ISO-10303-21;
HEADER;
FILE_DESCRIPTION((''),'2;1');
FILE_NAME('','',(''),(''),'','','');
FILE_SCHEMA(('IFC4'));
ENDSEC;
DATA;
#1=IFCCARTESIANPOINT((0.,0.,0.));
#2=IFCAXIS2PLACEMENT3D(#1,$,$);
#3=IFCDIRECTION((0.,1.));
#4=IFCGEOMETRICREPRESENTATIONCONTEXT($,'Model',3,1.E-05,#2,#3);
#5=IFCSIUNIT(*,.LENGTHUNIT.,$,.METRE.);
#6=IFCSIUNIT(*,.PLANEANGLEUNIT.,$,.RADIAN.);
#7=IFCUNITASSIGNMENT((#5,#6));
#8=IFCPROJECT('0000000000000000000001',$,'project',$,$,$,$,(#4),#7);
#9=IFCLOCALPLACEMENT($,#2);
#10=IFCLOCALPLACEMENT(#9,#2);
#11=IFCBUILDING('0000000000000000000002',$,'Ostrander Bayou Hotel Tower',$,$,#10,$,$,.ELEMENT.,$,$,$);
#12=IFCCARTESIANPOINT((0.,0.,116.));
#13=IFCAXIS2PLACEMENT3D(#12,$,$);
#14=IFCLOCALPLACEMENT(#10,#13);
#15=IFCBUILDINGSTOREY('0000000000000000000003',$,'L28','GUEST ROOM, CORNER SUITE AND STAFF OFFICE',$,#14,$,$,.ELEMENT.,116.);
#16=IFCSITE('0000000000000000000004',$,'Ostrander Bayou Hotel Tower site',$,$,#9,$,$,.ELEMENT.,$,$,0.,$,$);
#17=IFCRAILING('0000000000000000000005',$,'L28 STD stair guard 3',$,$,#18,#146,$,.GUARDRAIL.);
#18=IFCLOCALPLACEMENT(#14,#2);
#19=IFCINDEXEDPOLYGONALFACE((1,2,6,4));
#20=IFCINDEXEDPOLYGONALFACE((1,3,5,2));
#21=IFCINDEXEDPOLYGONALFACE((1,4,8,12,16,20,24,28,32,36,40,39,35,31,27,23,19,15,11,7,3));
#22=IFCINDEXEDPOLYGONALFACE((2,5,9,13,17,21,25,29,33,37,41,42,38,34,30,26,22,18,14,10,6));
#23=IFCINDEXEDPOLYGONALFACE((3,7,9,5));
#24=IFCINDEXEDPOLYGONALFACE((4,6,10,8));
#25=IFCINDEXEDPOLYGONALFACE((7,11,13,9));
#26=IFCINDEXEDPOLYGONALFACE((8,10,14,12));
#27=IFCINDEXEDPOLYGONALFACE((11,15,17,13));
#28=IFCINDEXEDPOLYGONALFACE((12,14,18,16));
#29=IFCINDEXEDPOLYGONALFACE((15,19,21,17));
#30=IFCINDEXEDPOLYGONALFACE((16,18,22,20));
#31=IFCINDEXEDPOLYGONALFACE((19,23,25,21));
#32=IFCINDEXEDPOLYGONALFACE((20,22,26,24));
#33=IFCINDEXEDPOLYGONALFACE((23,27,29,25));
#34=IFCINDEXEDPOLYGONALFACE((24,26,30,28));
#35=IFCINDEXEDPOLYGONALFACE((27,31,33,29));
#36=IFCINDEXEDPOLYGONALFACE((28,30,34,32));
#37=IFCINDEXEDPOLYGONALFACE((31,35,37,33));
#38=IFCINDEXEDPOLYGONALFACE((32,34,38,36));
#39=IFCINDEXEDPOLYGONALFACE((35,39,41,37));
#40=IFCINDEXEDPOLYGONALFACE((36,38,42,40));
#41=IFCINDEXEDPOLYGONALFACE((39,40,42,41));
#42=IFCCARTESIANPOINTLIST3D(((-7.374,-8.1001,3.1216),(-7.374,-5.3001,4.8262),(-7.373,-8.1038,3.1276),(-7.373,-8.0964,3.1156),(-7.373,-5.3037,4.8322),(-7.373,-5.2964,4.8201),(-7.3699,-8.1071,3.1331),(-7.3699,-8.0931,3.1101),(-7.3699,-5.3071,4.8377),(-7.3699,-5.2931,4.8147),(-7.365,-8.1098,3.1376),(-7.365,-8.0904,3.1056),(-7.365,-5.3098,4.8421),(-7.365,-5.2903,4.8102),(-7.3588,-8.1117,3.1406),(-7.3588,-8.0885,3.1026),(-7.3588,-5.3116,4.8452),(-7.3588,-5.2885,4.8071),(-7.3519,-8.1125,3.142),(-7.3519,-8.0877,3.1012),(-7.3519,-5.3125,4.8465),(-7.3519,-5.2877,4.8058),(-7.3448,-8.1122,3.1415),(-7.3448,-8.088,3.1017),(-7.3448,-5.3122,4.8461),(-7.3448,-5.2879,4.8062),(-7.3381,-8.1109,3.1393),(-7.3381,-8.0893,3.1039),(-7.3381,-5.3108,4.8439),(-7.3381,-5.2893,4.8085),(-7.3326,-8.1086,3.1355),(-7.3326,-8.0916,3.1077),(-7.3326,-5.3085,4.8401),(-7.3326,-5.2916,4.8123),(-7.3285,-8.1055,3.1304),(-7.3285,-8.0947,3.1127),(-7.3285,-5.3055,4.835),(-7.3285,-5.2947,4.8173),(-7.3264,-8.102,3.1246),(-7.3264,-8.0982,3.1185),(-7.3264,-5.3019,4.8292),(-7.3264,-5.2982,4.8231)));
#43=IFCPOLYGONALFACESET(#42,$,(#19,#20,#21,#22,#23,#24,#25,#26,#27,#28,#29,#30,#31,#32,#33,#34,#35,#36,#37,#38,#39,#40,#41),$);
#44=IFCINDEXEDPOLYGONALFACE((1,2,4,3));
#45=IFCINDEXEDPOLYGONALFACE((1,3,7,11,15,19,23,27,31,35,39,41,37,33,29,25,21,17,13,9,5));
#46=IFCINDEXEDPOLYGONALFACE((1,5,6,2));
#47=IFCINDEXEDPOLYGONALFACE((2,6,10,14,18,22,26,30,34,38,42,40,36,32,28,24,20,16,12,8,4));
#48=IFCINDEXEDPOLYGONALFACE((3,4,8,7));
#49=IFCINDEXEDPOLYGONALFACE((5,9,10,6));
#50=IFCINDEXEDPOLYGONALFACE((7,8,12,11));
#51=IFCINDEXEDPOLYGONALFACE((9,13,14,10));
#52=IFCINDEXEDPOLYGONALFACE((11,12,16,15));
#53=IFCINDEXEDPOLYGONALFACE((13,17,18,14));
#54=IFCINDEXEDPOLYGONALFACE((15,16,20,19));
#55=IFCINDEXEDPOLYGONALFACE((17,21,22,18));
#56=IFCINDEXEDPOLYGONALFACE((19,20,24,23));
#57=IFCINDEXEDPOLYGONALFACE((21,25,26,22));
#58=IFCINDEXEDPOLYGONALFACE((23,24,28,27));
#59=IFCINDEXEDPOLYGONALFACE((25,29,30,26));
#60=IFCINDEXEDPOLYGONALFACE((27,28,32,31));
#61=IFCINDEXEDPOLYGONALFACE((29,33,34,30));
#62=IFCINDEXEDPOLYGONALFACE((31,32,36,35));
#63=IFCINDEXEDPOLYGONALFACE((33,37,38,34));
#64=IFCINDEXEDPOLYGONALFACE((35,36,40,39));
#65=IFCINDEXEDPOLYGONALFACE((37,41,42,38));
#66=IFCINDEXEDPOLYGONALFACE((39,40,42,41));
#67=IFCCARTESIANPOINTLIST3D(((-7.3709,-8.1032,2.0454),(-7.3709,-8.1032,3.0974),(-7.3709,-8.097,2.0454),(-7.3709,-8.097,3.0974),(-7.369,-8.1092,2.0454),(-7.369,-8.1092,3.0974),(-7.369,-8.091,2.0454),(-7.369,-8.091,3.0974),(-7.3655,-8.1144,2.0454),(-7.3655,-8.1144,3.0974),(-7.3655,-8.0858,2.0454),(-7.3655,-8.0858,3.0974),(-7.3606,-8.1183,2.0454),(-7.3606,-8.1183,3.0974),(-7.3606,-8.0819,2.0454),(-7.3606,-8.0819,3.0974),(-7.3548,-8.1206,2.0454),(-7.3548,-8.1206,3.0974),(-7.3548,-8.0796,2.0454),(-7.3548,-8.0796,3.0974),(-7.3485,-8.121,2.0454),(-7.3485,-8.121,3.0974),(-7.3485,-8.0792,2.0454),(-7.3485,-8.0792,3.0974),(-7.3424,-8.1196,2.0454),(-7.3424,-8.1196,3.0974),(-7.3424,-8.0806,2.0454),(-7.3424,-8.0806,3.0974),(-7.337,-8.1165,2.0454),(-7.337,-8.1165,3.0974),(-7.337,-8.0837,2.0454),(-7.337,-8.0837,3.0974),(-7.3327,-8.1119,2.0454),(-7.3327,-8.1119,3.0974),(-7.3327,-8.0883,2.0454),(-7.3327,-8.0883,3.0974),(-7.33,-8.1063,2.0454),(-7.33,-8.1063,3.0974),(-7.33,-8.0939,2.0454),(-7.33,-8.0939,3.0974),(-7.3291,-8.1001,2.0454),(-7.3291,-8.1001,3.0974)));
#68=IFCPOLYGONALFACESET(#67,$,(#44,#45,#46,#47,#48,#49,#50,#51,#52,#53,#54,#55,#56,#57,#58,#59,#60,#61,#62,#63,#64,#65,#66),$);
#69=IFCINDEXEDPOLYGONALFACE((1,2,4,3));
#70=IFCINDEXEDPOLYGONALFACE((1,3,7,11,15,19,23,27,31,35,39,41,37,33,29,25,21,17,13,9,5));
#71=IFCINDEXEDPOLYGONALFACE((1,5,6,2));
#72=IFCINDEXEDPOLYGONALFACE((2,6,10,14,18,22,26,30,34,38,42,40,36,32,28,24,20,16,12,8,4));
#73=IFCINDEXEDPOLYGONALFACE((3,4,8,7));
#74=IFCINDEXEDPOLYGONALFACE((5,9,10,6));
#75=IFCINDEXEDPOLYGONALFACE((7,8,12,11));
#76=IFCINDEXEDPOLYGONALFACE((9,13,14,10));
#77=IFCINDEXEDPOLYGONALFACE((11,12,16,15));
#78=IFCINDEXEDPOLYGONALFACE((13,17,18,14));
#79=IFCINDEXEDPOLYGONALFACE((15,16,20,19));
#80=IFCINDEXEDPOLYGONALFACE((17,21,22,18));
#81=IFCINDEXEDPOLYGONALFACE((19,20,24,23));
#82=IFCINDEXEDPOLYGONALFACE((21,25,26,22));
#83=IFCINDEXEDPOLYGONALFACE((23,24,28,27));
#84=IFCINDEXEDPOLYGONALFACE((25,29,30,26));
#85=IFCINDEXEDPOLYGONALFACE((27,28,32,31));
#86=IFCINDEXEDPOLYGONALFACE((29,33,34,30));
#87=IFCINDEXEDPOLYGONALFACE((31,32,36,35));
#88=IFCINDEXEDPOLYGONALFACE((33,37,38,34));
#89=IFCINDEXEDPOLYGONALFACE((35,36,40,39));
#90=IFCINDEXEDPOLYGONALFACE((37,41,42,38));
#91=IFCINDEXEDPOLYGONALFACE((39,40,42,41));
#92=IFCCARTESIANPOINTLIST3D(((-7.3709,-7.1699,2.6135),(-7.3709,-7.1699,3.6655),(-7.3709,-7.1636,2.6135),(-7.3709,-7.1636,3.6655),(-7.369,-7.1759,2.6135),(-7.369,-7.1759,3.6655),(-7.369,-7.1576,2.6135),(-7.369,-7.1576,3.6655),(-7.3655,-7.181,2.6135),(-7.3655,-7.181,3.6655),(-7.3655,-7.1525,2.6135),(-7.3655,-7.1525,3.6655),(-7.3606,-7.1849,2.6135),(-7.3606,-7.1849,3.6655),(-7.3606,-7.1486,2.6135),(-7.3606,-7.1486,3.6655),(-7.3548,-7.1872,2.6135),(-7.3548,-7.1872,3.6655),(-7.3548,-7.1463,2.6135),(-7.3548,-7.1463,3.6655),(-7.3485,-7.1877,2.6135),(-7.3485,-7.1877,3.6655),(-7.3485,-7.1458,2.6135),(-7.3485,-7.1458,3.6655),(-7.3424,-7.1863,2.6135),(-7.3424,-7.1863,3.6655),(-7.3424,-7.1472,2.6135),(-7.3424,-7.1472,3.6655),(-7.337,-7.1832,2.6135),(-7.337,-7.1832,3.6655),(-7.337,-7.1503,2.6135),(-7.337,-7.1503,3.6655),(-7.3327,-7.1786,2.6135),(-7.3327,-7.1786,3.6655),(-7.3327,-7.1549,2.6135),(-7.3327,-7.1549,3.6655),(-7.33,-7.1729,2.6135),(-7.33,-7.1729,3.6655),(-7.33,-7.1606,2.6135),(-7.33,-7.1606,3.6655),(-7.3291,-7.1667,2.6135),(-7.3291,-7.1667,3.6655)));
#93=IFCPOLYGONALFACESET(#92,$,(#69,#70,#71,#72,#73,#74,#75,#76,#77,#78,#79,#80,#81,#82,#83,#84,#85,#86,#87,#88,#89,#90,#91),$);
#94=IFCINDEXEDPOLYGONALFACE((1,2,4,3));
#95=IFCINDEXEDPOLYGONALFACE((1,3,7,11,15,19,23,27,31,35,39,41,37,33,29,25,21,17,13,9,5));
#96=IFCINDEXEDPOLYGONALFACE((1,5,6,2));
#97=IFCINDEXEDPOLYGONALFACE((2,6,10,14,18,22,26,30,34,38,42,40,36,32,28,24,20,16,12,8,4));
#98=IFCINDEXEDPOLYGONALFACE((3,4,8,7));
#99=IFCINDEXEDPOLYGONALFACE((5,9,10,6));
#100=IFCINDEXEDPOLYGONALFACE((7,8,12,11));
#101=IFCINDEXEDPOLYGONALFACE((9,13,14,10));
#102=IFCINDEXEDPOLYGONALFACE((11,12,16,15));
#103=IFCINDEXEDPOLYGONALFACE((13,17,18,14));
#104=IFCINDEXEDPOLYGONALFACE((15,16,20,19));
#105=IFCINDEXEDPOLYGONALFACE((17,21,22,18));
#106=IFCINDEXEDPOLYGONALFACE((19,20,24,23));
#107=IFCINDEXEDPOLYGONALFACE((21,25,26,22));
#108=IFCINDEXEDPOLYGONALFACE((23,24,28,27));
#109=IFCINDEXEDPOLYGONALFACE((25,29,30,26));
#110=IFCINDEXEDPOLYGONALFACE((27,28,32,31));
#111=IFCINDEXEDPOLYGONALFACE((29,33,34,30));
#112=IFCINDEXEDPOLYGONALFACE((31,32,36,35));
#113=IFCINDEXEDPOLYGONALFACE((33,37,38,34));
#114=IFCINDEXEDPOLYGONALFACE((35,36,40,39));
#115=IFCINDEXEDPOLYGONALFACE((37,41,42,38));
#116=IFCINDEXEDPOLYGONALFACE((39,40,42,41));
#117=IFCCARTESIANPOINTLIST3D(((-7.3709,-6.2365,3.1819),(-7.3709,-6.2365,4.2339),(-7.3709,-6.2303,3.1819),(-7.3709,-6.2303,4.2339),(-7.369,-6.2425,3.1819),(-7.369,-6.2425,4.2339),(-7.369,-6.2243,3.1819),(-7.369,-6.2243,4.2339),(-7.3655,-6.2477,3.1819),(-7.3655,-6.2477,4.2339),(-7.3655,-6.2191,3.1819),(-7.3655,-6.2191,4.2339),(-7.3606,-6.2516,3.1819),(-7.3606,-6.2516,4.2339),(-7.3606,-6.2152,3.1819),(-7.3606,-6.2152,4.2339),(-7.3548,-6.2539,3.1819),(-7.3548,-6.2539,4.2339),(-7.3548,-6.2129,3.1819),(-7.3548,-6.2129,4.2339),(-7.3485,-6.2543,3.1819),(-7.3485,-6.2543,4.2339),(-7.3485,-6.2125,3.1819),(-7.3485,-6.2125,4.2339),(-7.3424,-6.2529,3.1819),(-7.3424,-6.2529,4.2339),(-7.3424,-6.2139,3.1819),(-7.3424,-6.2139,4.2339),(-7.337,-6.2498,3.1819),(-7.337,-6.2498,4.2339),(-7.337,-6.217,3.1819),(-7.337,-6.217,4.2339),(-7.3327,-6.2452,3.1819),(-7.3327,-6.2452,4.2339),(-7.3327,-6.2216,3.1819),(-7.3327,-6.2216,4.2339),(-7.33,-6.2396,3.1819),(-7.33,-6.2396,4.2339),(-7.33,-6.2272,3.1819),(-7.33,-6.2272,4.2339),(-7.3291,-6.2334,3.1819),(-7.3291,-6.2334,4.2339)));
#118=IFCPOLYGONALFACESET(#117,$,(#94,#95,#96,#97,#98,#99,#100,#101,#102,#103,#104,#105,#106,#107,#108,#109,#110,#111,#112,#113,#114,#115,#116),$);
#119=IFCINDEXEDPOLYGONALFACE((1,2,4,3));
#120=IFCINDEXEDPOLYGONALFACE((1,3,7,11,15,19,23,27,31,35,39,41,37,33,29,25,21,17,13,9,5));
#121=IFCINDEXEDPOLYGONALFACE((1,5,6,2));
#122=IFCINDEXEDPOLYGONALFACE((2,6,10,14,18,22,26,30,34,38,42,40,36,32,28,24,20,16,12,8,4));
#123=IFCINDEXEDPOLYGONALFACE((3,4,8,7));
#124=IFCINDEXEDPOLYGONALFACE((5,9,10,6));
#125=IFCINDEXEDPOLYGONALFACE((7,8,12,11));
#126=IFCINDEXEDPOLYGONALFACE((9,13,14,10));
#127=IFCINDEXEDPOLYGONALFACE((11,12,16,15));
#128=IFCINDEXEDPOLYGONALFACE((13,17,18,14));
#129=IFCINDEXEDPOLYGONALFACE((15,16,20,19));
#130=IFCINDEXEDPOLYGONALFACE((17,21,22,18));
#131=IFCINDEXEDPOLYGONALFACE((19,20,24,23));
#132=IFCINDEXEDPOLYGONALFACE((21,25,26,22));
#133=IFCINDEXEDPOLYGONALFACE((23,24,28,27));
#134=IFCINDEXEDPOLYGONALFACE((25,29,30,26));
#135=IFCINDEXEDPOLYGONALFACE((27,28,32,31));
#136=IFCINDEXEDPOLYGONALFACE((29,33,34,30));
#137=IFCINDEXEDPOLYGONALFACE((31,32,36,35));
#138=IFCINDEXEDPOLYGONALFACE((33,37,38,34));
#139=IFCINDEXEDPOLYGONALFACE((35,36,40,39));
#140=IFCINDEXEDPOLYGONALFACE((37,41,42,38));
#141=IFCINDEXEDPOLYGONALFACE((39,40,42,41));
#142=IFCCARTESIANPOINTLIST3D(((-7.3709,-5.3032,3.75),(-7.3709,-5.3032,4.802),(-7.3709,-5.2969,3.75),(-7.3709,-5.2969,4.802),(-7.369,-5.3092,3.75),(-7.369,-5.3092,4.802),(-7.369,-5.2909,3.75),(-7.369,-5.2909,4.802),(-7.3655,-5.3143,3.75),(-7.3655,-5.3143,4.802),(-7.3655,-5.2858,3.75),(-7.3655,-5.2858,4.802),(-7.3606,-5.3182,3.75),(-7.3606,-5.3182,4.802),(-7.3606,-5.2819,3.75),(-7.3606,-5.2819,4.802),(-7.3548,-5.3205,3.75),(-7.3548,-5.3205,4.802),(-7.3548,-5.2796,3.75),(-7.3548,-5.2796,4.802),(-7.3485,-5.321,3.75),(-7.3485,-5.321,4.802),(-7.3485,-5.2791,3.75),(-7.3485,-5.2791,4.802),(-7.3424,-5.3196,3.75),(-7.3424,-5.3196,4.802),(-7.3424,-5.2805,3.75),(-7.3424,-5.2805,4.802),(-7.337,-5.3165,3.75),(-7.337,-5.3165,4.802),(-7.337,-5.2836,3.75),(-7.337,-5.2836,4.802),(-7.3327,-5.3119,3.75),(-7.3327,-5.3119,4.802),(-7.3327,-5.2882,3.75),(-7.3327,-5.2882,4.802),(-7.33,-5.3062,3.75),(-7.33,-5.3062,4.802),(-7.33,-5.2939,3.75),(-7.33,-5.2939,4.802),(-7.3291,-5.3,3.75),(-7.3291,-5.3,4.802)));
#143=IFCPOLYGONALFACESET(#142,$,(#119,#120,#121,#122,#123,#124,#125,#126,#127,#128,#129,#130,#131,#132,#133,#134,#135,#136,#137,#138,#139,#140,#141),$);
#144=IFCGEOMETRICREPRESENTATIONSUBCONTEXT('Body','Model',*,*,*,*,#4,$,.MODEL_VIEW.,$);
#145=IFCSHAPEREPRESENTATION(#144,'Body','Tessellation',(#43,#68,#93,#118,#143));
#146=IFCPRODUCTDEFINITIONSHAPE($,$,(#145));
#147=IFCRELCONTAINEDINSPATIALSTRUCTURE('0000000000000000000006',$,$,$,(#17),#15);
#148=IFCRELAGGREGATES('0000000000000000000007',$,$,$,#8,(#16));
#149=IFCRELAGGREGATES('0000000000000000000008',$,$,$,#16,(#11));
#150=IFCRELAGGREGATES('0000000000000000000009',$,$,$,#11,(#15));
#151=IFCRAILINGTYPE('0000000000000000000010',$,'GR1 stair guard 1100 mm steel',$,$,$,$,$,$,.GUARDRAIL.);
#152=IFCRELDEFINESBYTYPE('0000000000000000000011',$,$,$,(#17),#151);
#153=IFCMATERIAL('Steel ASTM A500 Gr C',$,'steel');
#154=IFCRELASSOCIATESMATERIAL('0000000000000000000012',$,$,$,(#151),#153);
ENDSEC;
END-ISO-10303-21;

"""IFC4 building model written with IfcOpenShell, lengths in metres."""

from ifc_helpers import new_model, si_unit, direction, frame, origin, origin_2d, place, context, subcontext, project, spatial, circle, extrude, material, type_object, element, save


model = new_model("IFC4")

# Units and contexts
model_context = context("Model", 3, precision=1e-05, world=origin(), true_north=direction((0.0, 1.0)))
body_context = subcontext(model_context, "Body", "Model", "MODEL_VIEW")
ifc_project = project(units=[si_unit("LENGTHUNIT", "METRE"), si_unit("PLANEANGLEUNIT", "RADIAN")], contexts=[model_context])

# Site, building, storey
site_placement = place(None, origin())
site = spatial("IfcSite", under=ifc_project, at=site_placement, Name="Ostrander Bayou Hotel Tower site", CompositionType="ELEMENT", RefElevation=0.0)
building_placement = place(site_placement, origin())
building = spatial("IfcBuilding", under=site, at=building_placement, Name="Ostrander Bayou Hotel Tower", CompositionType="ELEMENT")
storey_placement = place(building_placement, frame((0.0, 0.0, 116.0)))
storey = spatial("IfcBuildingStorey", under=building, at=storey_placement, Name="L28", Description="GUEST ROOM, CORNER SUITE AND STAFF OFFICE", CompositionType="ELEMENT", Elevation=116.0)

# Railing
ifc_material_1 = material(Name="Steel ASTM A500 Gr C", Category="steel")
railing_type_1 = type_object("IfcRailingType", Name="GR1 stair guard 1100 mm steel", PredefinedType="GUARDRAIL", material=ifc_material_1)
railing_1_placement = place(storey_placement, frame((-7.3501, -8.1001, 2.0454)))
element("IfcRailing", 1, at=railing_1_placement, inside=storey, type_object=railing_type_1, Name="L28 STD stair guard 3", PredefinedType="GUARDRAIL", context=body_context, shape_type="SweptSolid", body=[
    extrude(circle(Radius=0.0239, at=origin_2d()), frame((0.0, 0.0, 1.0762), z_axis=(0.0, 0.85417, 0.519994), x_axis=(-1.0, 0.0, 0.0)), (0.0, 0.0, 1.0), 3.2781),
    extrude(circle(Radius=0.021, at=origin_2d()), origin(), (0.0, 0.0, 1.0), 1.052),
    extrude(circle(Radius=0.021, at=origin_2d()), frame((0.0, 0.9333, 0.5681)), (0.0, 0.0, 1.0), 1.052),
    extrude(circle(Radius=0.021, at=origin_2d()), frame((0.0, 1.8667, 1.1365)), (0.0, 0.0, 1.0), 1.052),
    extrude(circle(Radius=0.021, at=origin_2d()), frame((0.0, 2.8, 1.7046)), (0.0, 0.0, 1.0), 1.052),
])

save(model, "model.ifc")
